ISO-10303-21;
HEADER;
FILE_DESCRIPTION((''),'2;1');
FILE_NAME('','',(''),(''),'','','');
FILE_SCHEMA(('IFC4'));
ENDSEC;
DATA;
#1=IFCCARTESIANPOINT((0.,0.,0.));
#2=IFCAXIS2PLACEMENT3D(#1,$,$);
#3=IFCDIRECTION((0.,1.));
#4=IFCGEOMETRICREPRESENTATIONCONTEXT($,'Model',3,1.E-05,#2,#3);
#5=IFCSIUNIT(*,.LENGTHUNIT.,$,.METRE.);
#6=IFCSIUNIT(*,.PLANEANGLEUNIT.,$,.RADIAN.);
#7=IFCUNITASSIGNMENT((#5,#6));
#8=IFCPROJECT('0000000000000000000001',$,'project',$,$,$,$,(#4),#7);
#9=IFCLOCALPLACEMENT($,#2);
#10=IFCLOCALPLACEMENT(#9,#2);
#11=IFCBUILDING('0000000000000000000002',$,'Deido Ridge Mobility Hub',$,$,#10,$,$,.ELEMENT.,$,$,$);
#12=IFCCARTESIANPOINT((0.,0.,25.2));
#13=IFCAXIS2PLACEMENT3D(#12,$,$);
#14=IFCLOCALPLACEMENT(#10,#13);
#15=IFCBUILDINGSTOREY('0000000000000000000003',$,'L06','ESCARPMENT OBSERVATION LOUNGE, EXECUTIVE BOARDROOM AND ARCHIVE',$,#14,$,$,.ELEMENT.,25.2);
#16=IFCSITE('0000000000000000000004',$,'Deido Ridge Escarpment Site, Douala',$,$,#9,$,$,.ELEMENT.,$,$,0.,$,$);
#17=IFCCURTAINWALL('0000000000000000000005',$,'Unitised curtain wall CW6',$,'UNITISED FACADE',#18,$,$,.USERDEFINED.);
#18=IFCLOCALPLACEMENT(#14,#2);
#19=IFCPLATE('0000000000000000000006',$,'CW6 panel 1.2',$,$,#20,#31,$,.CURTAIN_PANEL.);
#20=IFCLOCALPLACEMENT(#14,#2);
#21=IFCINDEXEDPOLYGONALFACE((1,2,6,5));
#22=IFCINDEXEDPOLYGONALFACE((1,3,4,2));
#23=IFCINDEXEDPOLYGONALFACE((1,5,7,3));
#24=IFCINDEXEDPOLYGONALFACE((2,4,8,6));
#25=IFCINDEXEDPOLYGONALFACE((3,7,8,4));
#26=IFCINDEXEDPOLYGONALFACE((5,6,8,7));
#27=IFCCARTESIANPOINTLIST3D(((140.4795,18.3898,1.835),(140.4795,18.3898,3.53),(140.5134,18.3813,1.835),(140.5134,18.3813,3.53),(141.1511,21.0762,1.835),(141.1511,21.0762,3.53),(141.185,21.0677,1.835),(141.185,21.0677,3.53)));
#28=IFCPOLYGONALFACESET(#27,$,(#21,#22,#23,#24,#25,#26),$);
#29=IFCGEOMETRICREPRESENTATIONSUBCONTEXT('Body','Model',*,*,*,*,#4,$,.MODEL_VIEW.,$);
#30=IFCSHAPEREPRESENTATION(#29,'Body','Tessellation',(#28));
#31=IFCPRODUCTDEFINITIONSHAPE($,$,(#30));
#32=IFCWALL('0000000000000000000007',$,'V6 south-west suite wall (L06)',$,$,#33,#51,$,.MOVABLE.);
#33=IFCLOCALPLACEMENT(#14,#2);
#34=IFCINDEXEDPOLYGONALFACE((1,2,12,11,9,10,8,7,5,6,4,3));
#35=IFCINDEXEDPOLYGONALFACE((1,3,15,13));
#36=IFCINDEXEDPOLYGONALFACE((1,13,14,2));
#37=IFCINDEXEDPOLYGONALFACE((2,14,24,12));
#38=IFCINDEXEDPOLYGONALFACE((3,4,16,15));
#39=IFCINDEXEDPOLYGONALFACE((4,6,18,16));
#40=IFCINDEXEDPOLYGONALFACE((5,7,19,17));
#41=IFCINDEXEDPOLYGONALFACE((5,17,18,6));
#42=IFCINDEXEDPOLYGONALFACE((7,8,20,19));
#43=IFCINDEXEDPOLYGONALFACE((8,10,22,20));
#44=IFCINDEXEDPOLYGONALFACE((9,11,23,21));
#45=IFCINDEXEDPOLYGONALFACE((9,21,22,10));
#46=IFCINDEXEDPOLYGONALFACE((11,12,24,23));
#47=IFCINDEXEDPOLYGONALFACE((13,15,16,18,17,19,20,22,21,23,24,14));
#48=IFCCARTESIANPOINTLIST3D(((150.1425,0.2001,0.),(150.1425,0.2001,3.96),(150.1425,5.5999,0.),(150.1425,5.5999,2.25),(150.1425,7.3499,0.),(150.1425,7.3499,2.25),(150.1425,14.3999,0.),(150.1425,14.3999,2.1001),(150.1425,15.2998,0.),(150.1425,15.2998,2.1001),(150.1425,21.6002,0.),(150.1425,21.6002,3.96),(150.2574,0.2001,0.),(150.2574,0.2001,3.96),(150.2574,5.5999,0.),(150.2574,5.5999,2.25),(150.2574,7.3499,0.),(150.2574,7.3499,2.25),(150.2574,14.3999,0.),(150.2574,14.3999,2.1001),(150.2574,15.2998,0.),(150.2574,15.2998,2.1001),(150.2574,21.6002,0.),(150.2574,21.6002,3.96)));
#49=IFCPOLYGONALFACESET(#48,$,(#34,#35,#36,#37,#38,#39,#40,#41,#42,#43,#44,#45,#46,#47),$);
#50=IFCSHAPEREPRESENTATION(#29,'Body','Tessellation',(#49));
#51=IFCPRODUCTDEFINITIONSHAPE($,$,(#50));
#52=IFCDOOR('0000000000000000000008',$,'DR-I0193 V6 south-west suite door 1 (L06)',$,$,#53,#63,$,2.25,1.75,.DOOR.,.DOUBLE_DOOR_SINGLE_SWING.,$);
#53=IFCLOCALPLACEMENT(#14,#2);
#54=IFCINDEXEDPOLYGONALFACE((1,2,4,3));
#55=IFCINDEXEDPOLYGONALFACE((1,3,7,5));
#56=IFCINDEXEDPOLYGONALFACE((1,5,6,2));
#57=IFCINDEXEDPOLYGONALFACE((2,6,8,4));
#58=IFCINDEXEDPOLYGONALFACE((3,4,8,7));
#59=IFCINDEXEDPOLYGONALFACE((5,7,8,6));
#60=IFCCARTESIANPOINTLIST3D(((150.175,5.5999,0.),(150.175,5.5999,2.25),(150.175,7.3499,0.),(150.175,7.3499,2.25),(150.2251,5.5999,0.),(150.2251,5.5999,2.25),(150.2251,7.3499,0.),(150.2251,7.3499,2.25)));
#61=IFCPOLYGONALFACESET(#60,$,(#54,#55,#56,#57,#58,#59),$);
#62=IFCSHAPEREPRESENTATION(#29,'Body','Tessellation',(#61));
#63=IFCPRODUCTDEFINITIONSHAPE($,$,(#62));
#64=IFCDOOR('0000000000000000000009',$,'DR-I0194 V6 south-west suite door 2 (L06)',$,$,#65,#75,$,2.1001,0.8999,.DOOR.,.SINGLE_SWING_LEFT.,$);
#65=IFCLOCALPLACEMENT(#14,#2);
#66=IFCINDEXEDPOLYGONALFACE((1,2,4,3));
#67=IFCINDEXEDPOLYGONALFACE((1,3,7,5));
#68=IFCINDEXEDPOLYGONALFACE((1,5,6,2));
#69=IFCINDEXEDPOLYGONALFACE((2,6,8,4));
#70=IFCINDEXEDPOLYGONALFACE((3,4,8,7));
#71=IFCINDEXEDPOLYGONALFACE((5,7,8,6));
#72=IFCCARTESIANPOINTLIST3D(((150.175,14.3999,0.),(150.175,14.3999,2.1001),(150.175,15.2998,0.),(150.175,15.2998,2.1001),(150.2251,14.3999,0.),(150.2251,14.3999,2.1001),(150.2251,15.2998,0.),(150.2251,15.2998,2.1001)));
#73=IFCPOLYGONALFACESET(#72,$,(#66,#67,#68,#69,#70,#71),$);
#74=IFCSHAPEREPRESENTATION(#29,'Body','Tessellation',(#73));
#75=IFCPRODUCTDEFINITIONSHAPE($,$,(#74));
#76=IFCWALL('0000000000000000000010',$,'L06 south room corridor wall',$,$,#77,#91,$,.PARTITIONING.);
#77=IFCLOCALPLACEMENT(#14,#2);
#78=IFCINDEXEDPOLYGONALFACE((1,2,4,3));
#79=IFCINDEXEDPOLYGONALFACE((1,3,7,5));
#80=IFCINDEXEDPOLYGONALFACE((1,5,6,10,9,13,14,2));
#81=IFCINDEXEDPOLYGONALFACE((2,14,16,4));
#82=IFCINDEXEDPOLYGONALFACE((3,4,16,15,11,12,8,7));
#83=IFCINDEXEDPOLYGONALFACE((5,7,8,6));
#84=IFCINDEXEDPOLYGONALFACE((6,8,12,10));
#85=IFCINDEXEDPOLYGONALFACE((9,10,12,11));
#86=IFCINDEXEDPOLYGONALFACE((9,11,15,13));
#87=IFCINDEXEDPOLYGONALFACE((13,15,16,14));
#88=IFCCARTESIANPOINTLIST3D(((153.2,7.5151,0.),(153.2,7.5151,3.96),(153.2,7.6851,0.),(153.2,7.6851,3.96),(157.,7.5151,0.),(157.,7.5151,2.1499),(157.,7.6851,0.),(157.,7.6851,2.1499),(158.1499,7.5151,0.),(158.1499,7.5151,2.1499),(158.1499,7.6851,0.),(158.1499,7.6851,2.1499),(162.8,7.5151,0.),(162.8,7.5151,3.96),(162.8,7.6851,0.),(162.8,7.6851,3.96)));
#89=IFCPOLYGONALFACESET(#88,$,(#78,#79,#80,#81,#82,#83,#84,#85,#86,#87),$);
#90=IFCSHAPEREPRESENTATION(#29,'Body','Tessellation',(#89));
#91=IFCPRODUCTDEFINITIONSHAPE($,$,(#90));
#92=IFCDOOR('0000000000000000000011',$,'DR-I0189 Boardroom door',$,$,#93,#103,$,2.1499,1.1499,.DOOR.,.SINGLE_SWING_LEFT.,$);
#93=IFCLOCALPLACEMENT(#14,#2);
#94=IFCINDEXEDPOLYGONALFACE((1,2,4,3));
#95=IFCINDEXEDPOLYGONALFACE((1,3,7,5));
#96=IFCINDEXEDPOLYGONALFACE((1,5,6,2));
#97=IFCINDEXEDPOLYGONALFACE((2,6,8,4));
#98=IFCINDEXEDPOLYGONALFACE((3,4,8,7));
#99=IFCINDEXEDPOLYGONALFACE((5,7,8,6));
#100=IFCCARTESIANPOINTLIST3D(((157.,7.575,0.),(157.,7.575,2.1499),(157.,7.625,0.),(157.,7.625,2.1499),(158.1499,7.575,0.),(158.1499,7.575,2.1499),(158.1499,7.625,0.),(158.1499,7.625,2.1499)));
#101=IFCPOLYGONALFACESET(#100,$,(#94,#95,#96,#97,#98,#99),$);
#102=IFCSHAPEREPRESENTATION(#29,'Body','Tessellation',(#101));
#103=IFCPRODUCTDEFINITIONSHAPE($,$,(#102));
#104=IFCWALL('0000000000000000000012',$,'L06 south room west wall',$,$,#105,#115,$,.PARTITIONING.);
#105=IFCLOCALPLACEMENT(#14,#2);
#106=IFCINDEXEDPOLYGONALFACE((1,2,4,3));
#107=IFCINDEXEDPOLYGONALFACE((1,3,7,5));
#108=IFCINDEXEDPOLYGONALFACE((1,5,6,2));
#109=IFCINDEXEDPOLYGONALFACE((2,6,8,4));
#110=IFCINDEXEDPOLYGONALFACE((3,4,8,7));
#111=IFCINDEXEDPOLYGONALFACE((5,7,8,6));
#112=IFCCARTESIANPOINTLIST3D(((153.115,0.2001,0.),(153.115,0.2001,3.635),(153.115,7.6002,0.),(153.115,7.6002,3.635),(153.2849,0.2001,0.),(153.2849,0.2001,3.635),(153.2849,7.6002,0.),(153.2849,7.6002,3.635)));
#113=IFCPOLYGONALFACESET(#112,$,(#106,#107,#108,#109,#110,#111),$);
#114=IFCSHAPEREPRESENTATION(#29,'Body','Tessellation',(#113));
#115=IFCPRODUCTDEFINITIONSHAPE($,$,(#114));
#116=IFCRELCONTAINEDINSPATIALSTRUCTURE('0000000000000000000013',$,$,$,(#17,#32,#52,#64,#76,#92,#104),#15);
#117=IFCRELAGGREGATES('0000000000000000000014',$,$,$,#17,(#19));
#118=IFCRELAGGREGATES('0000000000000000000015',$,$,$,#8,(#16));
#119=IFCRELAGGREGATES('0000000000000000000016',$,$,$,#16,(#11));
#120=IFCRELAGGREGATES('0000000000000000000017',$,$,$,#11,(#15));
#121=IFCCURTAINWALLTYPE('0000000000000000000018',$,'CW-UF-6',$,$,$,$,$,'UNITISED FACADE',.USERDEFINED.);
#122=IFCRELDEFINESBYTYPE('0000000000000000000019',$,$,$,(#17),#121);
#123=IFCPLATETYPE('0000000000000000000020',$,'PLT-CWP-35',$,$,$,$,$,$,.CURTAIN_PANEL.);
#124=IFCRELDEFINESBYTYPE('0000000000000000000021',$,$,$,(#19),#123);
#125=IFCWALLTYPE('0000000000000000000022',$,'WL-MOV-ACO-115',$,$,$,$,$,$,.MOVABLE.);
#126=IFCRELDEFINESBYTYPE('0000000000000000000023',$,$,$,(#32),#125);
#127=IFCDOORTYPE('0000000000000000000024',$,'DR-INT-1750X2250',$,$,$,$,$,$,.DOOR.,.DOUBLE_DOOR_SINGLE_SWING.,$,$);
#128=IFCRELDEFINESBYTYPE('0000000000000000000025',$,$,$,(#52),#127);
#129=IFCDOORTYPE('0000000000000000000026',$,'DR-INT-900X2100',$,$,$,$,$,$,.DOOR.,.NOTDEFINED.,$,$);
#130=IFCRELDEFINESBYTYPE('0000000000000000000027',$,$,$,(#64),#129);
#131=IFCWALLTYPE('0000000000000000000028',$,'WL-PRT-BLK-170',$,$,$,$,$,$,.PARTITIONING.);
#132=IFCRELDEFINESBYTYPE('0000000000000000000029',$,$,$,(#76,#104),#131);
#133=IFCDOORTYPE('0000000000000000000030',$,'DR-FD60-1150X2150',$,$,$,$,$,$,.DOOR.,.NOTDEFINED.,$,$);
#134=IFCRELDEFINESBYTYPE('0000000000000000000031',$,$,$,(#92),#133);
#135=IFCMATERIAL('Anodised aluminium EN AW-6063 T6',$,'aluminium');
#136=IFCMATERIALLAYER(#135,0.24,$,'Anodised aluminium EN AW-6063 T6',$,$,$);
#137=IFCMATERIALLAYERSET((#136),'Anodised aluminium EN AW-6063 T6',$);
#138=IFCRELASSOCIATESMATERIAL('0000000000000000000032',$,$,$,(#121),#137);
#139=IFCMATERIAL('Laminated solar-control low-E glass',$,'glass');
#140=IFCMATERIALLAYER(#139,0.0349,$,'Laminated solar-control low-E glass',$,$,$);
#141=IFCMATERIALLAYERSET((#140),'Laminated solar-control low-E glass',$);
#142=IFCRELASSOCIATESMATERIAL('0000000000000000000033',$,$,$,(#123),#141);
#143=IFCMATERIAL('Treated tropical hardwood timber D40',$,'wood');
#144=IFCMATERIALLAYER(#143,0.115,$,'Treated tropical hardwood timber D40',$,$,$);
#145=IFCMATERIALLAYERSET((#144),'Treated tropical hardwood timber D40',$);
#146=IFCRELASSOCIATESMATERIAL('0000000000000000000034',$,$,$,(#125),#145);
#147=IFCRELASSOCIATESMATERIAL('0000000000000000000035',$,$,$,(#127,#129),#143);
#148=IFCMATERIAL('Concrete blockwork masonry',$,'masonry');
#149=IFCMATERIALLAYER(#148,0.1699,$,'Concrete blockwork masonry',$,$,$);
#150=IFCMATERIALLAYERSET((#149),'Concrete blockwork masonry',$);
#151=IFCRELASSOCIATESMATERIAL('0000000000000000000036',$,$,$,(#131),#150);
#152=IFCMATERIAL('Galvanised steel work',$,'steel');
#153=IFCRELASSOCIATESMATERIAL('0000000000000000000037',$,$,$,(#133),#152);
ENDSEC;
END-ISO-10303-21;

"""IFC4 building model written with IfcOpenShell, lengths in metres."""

from ifc_helpers import new_model, si_unit, direction, frame, frame_2d, origin, origin_2d, place, context, subcontext, project, spatial, rectangle, extrude, material, layer, layer_set, type_object, element, fill, aggregate, save


model = new_model("IFC4")

# Units and contexts
model_context = context("Model", 3, precision=1e-05, world=origin(), true_north=direction((0.0, 1.0)))
body_context = subcontext(model_context, "Body", "Model", "MODEL_VIEW")
ifc_project = project(units=[si_unit("LENGTHUNIT", "METRE"), si_unit("PLANEANGLEUNIT", "RADIAN")], contexts=[model_context])

# Site, building, storey
site_placement = place(None, origin())
site = spatial("IfcSite", under=ifc_project, at=site_placement, Name="Deido Ridge Escarpment Site, Douala", CompositionType="ELEMENT", RefElevation=0.0)
building_placement = place(site_placement, origin())
building = spatial("IfcBuilding", under=site, at=building_placement, Name="Deido Ridge Mobility Hub", CompositionType="ELEMENT")
storey_placement = place(building_placement, frame((0.0, 0.0, 25.2)))
storey = spatial("IfcBuildingStorey", under=building, at=storey_placement, Name="L06", Description="ESCARPMENT OBSERVATION LOUNGE, EXECUTIVE BOARDROOM AND ARCHIVE", CompositionType="ELEMENT", Elevation=25.2)

# Curtain wall, plate
ifc_material_1 = material(Name="Anodised aluminium EN AW-6063 T6", Category="aluminium")
ifc_layer_1 = layer(ifc_material_1, 0.24, Name="Anodised aluminium EN AW-6063 T6")
ifc_layer_set_1 = layer_set([ifc_layer_1], Name="Anodised aluminium EN AW-6063 T6")
curtain_wall_type = type_object("IfcCurtainWallType", Name="CW-UF-6", ElementType="UNITISED FACADE", PredefinedType="USERDEFINED", material=ifc_layer_set_1)
curtain_wall_placement = place(storey_placement, origin())
curtain_wall = element("IfcCurtainWall", 1, at=curtain_wall_placement, inside=storey, type_object=curtain_wall_type, Name="Unitised curtain wall CW6", ObjectType="UNITISED FACADE", PredefinedType="USERDEFINED")
ifc_material_2 = material(Name="Laminated solar-control low-E glass", Category="glass")
ifc_layer_2 = layer(ifc_material_2, 0.0349, Name="Laminated solar-control low-E glass")
ifc_layer_set_2 = layer_set([ifc_layer_2], Name="Laminated solar-control low-E glass")
plate_type = type_object("IfcPlateType", Name="PLT-CWP-35", PredefinedType="CURTAIN_PANEL", material=ifc_layer_set_2)
plate_1_placement = place(storey_placement, frame((140.8323, 19.7288, 1.835), z_axis=(0.0, 0.0, 1.0), x_axis=(0.242536, 0.970143, 0.0)))
plate_1 = element("IfcPlate", 2, at=plate_1_placement, type_object=plate_type, Name="CW6 panel 1.2", PredefinedType="CURTAIN_PANEL", context=body_context, shape_type="SweptSolid", body=[
    extrude(rectangle(XDim=2.769, YDim=0.0349, at=origin_2d()), origin(), (0.0, 0.0, 1.0), 1.6951),
])
aggregate(curtain_wall, [plate_1])

# Wall, openings, doors
ifc_material_3 = material(Name="Treated tropical hardwood timber D40", Category="wood")
ifc_layer_3 = layer(ifc_material_3, 0.115, Name="Treated tropical hardwood timber D40")
ifc_layer_set_3 = layer_set([ifc_layer_3], Name="Treated tropical hardwood timber D40")
wall_type_1 = type_object("IfcWallType", Name="WL-MOV-ACO-115", PredefinedType="MOVABLE", material=ifc_layer_set_3)
wall_1_placement = place(storey_placement, frame((150.2, 0.2, 0.0), z_axis=(0.0, 0.0, 1.0), x_axis=(0.0, 1.0, 0.0)))
wall_1 = element("IfcWall", 3, at=wall_1_placement, inside=storey, type_object=wall_type_1, Name="V6 south-west suite wall (L06)", PredefinedType="MOVABLE", context=body_context, shape_type="SweptSolid", body=[
    extrude(rectangle(XDim=21.4001, YDim=0.115, at=frame_2d((10.7002, 0.0))), origin(), (0.0, 0.0, 1.0), 3.96),
])
opening_1_placement = place(wall_1_placement, frame((5.3999, 0.0, 0.0)))
opening_1 = element("IfcOpeningElement", 4, at=opening_1_placement, cuts=wall_1, PredefinedType="OPENING", context=body_context, shape_type="SweptSolid", body=[
    extrude(rectangle(XDim=1.75, YDim=2.25, at=frame_2d((0.875, 1.125))), frame((0.0, 0.0674, 0.0), z_axis=(0.0, -1.0, 0.0), x_axis=(1.0, 0.0, 0.0)), (0.0, 0.0, 1.0), 0.135),
])
opening_2_placement = place(wall_1_placement, frame((14.2, 0.0, 0.0)))
opening_2 = element("IfcOpeningElement", 5, at=opening_2_placement, cuts=wall_1, PredefinedType="OPENING", context=body_context, shape_type="SweptSolid", body=[
    extrude(rectangle(XDim=0.8999, YDim=2.1001, at=frame_2d((0.45, 1.05))), frame((0.0, 0.0674, 0.0), z_axis=(0.0, -1.0, 0.0), x_axis=(1.0, 0.0, 0.0)), (0.0, 0.0, 1.0), 0.135),
])
door_type_1 = type_object("IfcDoorType", Name="DR-INT-1750X2250", OperationType="DOUBLE_DOOR_SINGLE_SWING", PredefinedType="DOOR", material=ifc_material_3)
door_1_placement = place(opening_1_placement, origin())
door_1 = element("IfcDoor", 6, at=door_1_placement, inside=storey, type_object=door_type_1, Name="DR-I0193 V6 south-west suite door 1 (L06)", OperationType="DOUBLE_DOOR_SINGLE_SWING", OverallHeight=2.25, OverallWidth=1.75, PredefinedType="DOOR", context=body_context, shape_type="SweptSolid", body=[
    extrude(rectangle(XDim=1.75, YDim=2.25, at=frame_2d((0.875, 1.125))), frame((0.0, 0.0249, 0.0), z_axis=(0.0, -1.0, 0.0), x_axis=(1.0, 0.0, 0.0)), (0.0, 0.0, 1.0), 0.05),
])
fill(opening_1, door_1)
door_type_2 = type_object("IfcDoorType", Name="DR-INT-900X2100", OperationType="NOTDEFINED", PredefinedType="DOOR", material=ifc_material_3)
door_2_placement = place(opening_2_placement, origin())
door_2 = element("IfcDoor", 7, at=door_2_placement, inside=storey, type_object=door_type_2, Name="DR-I0194 V6 south-west suite door 2 (L06)", OperationType="SINGLE_SWING_LEFT", OverallHeight=2.1001, OverallWidth=0.8999, PredefinedType="DOOR", context=body_context, shape_type="SweptSolid", body=[
    extrude(rectangle(XDim=0.8999, YDim=2.1001, at=frame_2d((0.45, 1.05))), frame((0.0, 0.0249, 0.0), z_axis=(0.0, -1.0, 0.0), x_axis=(1.0, 0.0, 0.0)), (0.0, 0.0, 1.0), 0.05),
])
fill(opening_2, door_2)

# Wall, opening, door
ifc_material_4 = material(Name="Concrete blockwork masonry", Category="masonry")
ifc_layer_4 = layer(ifc_material_4, 0.1699, Name="Concrete blockwork masonry")
ifc_layer_set_4 = layer_set([ifc_layer_4], Name="Concrete blockwork masonry")
wall_type_2 = type_object("IfcWallType", Name="WL-PRT-BLK-170", PredefinedType="PARTITIONING", material=ifc_layer_set_4)
wall_2_placement = place(storey_placement, frame((153.2, 7.6001, 0.0), z_axis=(0.0, 0.0, 1.0), x_axis=(1.0, 0.0, 0.0)))
wall_2 = element("IfcWall", 8, at=wall_2_placement, inside=storey, type_object=wall_type_2, Name="L06 south room corridor wall", PredefinedType="PARTITIONING", context=body_context, shape_type="SweptSolid", body=[
    extrude(rectangle(XDim=9.6001, YDim=0.1699, at=frame_2d((4.8, 0.0))), origin(), (0.0, 0.0, 1.0), 3.96),
])
opening_3_placement = place(wall_2_placement, frame((3.8, 0.0, 0.0)))
opening_3 = element("IfcOpeningElement", 9, at=opening_3_placement, cuts=wall_2, PredefinedType="OPENING", context=body_context, shape_type="SweptSolid", body=[
    extrude(rectangle(XDim=1.1499, YDim=2.1499, at=frame_2d((0.575, 1.075))), frame((0.0, 0.095, 0.0), z_axis=(0.0, -1.0, 0.0), x_axis=(1.0, 0.0, 0.0)), (0.0, 0.0, 1.0), 0.1899),
])
ifc_material_5 = material(Name="Galvanised steel work", Category="steel")
door_type_3 = type_object("IfcDoorType", Name="DR-FD60-1150X2150", OperationType="NOTDEFINED", PredefinedType="DOOR", material=ifc_material_5)
door_3_placement = place(opening_3_placement, origin())
door_3 = element("IfcDoor", 10, at=door_3_placement, inside=storey, type_object=door_type_3, Name="DR-I0189 Boardroom door", OperationType="SINGLE_SWING_LEFT", OverallHeight=2.1499, OverallWidth=1.1499, PredefinedType="DOOR", context=body_context, shape_type="SweptSolid", body=[
    extrude(rectangle(XDim=1.1499, YDim=2.1499, at=frame_2d((0.575, 1.075))), frame((0.0, 0.0249, 0.0), z_axis=(0.0, -1.0, 0.0), x_axis=(1.0, 0.0, 0.0)), (0.0, 0.0, 1.0), 0.05),
])
fill(opening_3, door_3)

# Wall
wall_3_placement = place(storey_placement, frame((153.2, 0.2, 0.0), z_axis=(0.0, 0.0, 1.0), x_axis=(0.0, 1.0, 0.0)))
element("IfcWall", 11, at=wall_3_placement, inside=storey, type_object=wall_type_2, Name="L06 south room west wall", PredefinedType="PARTITIONING", context=body_context, shape_type="SweptSolid", body=[
    extrude(rectangle(XDim=7.4001, YDim=0.1699, at=frame_2d((3.7002, 0.0))), origin(), (0.0, 0.0, 1.0), 3.635),
])

save(model, "model.ifc")
